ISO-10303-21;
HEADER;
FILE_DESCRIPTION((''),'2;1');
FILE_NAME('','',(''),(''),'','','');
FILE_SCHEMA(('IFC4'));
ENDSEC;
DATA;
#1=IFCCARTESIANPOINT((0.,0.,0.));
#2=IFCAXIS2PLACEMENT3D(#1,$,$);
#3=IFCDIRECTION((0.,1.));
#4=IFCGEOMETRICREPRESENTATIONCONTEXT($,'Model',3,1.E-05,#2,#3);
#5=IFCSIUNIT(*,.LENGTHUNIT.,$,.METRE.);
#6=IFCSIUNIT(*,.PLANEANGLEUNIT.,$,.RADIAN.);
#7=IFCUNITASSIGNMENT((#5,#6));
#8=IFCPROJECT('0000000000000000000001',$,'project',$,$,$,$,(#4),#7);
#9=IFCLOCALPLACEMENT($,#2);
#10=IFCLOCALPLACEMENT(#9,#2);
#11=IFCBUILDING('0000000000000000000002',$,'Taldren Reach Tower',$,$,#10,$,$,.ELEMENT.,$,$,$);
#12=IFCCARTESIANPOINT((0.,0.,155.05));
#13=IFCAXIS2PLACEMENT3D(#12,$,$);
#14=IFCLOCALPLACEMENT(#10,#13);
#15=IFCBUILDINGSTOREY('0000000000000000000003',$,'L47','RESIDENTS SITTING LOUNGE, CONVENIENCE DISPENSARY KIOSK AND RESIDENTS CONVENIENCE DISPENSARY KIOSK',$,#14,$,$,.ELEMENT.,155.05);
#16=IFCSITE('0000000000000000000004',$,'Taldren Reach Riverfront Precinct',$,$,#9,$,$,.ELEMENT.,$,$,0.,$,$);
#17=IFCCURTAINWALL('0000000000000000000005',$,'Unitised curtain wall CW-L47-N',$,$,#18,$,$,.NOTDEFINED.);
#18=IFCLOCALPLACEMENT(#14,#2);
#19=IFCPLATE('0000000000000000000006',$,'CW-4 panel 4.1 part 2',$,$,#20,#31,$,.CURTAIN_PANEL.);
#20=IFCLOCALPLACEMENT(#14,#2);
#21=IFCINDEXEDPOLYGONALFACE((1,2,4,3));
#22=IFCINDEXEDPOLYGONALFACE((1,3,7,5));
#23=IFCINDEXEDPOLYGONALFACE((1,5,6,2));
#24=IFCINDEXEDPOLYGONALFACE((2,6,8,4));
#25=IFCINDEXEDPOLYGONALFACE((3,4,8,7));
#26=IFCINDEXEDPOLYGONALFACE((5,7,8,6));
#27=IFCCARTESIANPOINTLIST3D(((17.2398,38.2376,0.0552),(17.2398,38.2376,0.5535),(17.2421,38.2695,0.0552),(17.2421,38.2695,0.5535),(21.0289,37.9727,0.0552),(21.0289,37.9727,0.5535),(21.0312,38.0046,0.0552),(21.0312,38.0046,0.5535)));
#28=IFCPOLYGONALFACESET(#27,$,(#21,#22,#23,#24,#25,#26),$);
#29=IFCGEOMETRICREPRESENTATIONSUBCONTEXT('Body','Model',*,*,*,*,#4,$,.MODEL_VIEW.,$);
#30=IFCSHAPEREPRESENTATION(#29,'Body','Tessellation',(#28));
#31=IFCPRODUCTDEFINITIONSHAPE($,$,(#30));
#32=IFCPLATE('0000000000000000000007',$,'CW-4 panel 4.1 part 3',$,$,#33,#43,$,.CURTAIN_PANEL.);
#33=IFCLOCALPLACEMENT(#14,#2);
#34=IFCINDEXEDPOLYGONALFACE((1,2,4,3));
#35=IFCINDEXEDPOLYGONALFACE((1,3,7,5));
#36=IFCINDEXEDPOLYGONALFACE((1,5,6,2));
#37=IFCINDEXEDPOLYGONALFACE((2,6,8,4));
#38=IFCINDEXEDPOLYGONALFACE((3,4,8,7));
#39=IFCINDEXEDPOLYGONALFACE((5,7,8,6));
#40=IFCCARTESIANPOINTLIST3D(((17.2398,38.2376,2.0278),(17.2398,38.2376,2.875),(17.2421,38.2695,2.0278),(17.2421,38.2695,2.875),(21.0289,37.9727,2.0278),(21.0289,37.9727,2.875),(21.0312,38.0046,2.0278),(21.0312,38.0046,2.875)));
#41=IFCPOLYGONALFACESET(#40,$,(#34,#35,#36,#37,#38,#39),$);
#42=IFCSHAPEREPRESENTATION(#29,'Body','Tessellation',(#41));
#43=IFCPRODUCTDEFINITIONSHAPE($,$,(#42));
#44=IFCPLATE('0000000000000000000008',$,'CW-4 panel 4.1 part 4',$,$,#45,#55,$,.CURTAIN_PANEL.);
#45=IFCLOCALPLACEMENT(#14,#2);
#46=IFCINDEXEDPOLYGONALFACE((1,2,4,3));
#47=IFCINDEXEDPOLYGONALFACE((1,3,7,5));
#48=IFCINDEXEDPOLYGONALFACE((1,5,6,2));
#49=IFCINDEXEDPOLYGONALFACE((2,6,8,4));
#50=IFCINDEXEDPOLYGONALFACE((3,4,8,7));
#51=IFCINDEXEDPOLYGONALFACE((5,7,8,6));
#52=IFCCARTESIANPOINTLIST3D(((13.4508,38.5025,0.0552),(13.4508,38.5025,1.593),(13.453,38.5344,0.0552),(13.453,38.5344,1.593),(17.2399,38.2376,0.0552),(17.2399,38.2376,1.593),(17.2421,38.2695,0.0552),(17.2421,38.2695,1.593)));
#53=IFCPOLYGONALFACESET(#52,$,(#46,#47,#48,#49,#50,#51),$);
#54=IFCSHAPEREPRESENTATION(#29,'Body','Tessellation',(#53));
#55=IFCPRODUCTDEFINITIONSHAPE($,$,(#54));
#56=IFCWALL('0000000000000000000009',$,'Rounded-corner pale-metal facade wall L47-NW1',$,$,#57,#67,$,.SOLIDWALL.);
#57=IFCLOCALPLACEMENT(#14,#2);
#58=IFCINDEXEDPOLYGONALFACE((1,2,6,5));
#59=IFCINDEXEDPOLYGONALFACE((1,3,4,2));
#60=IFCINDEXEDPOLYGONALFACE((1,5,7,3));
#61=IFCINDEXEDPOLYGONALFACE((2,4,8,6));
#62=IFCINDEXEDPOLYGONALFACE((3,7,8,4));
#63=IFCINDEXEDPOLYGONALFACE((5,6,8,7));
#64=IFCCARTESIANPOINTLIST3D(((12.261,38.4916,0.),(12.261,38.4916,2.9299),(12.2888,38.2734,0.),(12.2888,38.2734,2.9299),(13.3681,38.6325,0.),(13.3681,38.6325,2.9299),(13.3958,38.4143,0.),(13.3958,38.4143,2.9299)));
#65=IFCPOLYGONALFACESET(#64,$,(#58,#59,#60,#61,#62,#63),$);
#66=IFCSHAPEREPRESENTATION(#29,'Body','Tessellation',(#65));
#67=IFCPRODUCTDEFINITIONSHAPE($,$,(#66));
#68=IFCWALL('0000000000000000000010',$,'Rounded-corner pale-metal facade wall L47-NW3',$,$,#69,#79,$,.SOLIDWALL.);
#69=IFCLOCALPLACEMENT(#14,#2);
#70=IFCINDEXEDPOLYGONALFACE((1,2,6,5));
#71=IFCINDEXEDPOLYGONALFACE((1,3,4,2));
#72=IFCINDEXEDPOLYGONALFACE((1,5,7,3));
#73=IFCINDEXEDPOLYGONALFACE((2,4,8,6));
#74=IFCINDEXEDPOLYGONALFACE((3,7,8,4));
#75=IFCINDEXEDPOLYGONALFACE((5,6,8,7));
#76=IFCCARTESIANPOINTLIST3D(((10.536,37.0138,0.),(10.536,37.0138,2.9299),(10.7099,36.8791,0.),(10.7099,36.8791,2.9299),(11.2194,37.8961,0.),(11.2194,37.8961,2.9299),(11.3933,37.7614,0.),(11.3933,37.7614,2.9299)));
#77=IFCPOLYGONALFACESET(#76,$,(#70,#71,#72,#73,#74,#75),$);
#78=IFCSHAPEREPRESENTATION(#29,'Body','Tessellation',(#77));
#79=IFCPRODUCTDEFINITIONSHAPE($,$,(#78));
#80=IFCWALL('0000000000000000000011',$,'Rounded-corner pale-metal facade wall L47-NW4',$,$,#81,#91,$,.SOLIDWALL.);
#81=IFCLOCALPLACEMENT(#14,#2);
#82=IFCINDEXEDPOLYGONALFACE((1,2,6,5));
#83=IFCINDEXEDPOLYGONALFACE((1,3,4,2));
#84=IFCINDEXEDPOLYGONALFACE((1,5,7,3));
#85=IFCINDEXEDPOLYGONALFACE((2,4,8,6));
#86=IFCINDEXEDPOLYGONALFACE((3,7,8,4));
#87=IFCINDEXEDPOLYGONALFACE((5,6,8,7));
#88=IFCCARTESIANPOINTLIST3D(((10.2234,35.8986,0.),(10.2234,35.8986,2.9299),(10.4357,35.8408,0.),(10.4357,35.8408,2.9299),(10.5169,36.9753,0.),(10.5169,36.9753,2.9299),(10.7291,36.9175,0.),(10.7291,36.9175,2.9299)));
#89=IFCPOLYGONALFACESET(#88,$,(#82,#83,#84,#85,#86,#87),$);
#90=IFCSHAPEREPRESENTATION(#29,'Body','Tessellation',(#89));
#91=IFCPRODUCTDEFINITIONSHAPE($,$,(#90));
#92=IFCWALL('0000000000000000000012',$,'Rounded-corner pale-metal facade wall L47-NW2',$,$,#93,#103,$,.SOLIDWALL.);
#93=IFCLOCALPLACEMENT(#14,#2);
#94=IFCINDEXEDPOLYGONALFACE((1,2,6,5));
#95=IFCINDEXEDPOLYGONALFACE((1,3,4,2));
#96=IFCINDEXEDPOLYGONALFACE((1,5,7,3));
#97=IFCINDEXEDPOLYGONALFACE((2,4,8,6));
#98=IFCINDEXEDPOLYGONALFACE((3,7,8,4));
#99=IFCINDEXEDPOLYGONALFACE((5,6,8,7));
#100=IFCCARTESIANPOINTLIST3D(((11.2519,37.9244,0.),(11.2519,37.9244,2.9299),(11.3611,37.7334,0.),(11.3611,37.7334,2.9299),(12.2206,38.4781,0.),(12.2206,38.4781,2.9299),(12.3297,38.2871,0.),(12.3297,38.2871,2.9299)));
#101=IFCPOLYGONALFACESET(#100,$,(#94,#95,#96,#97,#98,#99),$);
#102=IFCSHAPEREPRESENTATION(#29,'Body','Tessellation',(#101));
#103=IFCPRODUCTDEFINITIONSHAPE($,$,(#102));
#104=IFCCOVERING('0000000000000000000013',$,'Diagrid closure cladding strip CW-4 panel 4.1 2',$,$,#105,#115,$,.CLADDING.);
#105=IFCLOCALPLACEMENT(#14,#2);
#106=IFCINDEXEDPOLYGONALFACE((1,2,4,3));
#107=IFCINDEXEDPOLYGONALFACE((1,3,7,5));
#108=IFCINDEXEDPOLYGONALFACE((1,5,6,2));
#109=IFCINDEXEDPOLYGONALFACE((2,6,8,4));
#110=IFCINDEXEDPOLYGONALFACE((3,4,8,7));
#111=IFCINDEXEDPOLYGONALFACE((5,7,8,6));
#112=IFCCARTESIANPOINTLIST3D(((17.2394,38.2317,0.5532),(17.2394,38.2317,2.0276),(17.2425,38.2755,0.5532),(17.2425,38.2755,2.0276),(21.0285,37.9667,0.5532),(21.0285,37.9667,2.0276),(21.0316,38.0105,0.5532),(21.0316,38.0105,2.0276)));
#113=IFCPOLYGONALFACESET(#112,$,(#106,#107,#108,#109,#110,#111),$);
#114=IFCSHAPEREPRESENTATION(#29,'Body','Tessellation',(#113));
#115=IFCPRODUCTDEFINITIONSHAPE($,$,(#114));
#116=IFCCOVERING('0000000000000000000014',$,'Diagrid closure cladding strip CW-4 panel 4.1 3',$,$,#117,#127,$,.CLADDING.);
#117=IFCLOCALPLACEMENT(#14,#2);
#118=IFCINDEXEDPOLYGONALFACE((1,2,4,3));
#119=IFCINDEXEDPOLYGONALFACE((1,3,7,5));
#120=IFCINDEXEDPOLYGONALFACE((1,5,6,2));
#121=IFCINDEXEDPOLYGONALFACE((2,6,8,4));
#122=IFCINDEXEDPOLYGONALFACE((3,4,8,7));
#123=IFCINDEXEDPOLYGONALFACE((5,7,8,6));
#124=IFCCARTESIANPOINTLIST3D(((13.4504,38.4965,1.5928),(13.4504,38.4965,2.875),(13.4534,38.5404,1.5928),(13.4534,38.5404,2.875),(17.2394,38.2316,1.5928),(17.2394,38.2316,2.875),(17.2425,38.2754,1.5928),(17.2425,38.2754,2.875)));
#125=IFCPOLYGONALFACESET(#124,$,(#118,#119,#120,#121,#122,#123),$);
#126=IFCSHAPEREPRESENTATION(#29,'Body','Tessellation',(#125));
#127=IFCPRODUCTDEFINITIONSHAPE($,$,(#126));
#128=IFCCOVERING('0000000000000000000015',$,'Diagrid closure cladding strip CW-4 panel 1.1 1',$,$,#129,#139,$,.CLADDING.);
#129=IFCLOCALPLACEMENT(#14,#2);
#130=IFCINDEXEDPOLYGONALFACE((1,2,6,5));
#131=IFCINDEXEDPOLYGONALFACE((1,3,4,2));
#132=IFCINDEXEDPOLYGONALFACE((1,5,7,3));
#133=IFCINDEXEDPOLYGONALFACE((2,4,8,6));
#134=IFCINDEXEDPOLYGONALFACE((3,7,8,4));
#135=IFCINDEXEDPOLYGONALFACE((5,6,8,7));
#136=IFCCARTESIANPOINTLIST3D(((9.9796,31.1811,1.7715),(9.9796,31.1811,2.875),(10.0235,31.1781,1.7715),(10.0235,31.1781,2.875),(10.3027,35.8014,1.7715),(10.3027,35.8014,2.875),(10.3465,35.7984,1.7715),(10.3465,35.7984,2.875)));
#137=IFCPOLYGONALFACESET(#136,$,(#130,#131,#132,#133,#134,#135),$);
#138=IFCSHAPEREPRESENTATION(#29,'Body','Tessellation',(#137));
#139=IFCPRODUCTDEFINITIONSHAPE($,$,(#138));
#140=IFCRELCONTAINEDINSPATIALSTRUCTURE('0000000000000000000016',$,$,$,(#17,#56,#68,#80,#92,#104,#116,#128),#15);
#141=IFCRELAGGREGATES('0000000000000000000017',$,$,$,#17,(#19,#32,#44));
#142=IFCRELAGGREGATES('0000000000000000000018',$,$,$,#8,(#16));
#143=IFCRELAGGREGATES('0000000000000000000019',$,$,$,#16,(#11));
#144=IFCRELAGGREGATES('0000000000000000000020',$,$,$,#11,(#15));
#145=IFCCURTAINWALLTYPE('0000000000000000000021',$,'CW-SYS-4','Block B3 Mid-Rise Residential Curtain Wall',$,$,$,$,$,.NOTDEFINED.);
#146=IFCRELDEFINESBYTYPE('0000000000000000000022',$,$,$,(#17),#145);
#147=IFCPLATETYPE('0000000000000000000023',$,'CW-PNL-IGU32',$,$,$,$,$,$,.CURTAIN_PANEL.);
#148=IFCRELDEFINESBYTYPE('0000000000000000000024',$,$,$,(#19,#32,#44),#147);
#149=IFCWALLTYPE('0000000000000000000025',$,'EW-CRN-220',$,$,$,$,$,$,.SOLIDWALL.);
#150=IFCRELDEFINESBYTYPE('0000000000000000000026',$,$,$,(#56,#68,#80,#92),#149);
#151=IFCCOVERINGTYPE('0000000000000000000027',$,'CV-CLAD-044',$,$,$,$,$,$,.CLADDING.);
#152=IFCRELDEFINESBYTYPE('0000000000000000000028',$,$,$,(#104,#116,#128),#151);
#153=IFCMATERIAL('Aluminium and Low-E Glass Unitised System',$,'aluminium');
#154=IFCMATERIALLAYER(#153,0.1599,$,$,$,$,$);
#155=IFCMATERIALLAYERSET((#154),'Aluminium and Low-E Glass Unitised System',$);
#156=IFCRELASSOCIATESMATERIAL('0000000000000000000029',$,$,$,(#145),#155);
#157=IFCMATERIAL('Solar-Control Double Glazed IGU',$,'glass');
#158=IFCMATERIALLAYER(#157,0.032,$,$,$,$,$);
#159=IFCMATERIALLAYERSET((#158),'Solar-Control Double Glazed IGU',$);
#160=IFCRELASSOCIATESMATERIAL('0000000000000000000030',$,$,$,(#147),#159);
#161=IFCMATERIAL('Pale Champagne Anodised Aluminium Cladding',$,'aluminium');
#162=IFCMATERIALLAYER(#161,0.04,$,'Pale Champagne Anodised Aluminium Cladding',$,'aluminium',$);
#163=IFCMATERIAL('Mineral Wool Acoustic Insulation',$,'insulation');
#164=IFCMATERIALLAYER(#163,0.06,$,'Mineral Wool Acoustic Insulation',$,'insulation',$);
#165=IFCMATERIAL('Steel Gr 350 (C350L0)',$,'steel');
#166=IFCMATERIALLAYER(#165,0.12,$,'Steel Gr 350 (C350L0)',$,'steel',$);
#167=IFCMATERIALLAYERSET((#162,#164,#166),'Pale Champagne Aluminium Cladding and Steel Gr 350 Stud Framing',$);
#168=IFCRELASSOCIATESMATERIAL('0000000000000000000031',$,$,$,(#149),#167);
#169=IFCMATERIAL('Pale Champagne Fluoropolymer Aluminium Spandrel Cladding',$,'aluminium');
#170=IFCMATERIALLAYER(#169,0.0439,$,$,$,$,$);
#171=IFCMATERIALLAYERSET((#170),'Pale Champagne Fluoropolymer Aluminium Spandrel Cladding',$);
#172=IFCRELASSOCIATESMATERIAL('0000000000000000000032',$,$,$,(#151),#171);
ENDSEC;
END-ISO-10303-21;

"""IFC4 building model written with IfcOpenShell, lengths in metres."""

from ifc_helpers import new_model, si_unit, direction, frame, frame_2d, origin, origin_2d, place, context, subcontext, project, spatial, rectangle, extrude, source, transform, mapped, material, layer, layer_set, type_object, element, aggregate, save


model = new_model("IFC4")

# Units and contexts
model_context = context("Model", 3, precision=1e-05, world=origin(), true_north=direction((0.0, 1.0)))
body_context = subcontext(model_context, "Body", "Model", "MODEL_VIEW")
ifc_project = project(units=[si_unit("LENGTHUNIT", "METRE"), si_unit("PLANEANGLEUNIT", "RADIAN")], contexts=[model_context])

# Site, building, storey
site_placement = place(None, origin())
site = spatial("IfcSite", under=ifc_project, at=site_placement, Name="Taldren Reach Riverfront Precinct", CompositionType="ELEMENT", RefElevation=0.0)
building_placement = place(site_placement, origin())
building = spatial("IfcBuilding", under=site, at=building_placement, Name="Taldren Reach Tower", CompositionType="ELEMENT")
storey_placement = place(building_placement, frame((0.0, 0.0, 155.05)))
storey = spatial("IfcBuildingStorey", under=building, at=storey_placement, Name="L47", Description="RESIDENTS SITTING LOUNGE, CONVENIENCE DISPENSARY KIOSK AND RESIDENTS CONVENIENCE DISPENSARY KIOSK", CompositionType="ELEMENT", Elevation=155.05)

# Shared definitions
ifc_material_1 = material(Name="Steel Gr 350 (C350L0)", Category="steel")

# Shared definitions
ifc_material_2 = material(Name="Aluminium and Low-E Glass Unitised System", Category="aluminium")
ifc_layer_1 = layer(ifc_material_2, 0.1599)
ifc_layer_set_1 = layer_set([ifc_layer_1], Name="Aluminium and Low-E Glass Unitised System")
curtain_wall_type = type_object("IfcCurtainWallType", Name="CW-SYS-4", Description="Block B3 Mid-Rise Residential Curtain Wall", PredefinedType="NOTDEFINED", material=ifc_layer_set_1)

# Curtain wall
curtain_wall_1_placement = place(storey_placement, origin())
curtain_wall_1 = element("IfcCurtainWall", 1, at=curtain_wall_1_placement, inside=storey, type_object=curtain_wall_type, Name="Unitised curtain wall CW-L47-N", PredefinedType="NOTDEFINED")

# Plates
ifc_material_3 = material(Name="Solar-Control Double Glazed IGU", Category="glass")
ifc_layer_2 = layer(ifc_material_3, 0.032)
ifc_layer_set_2 = layer_set([ifc_layer_2], Name="Solar-Control Double Glazed IGU")
plate_type_1 = type_object("IfcPlateType", Name="CW-PNL-IGU32", PredefinedType="CURTAIN_PANEL", material=ifc_layer_set_2)
shared_shape_1 = source(origin(), body_context, "Body", "SweptSolid", [
    extrude(rectangle(XDim=3.7983, YDim=0.032, at=origin_2d()), origin(), (0.0, 0.0, 1.0), 0.4983),
])
plate_1_placement = place(storey_placement, frame((19.1355, 38.1211, 0.0552), z_axis=(0.0, 0.0, 1.0), x_axis=(-0.997564, 0.069757, 0.0)))
plate_1 = element("IfcPlate", 2, at=plate_1_placement, type_object=plate_type_1, Name="CW-4 panel 4.1 part 2", PredefinedType="CURTAIN_PANEL", context=body_context, shape_type="MappedRepresentation", body=[
    mapped(shared_shape_1, transform((0.0, 0.0, 0.0), scale=1.0)),
])
shared_shape_2 = source(origin(), body_context, "Body", "SweptSolid", [
    extrude(rectangle(XDim=3.7983, YDim=0.032, at=origin_2d()), origin(), (0.0, 0.0, 1.0), 0.8472),
])
plate_2_placement = place(storey_placement, frame((19.1355, 38.1211, 2.0278), z_axis=(0.0, 0.0, 1.0), x_axis=(-0.997564, 0.069757, 0.0)))
plate_2 = element("IfcPlate", 3, at=plate_2_placement, type_object=plate_type_1, Name="CW-4 panel 4.1 part 3", PredefinedType="CURTAIN_PANEL", context=body_context, shape_type="MappedRepresentation", body=[
    mapped(shared_shape_2, transform((0.0, 0.0, 0.0), scale=1.0)),
])
shared_shape_3 = source(origin(), body_context, "Body", "SweptSolid", [
    extrude(rectangle(XDim=3.7983, YDim=0.032, at=origin_2d()), origin(), (0.0, 0.0, 1.0), 1.5378),
])
plate_3_placement = place(storey_placement, frame((15.3464, 38.386, 0.0552), z_axis=(0.0, 0.0, 1.0), x_axis=(-0.997564, 0.069757, 0.0)))
plate_3 = element("IfcPlate", 4, at=plate_3_placement, type_object=plate_type_1, Name="CW-4 panel 4.1 part 4", PredefinedType="CURTAIN_PANEL", context=body_context, shape_type="MappedRepresentation", body=[
    mapped(shared_shape_3, transform((0.0, 0.0, 0.0), scale=1.0)),
])
aggregate(curtain_wall_1, [plate_1, plate_2, plate_3])

# Walls
ifc_material_4 = material(Name="Pale Champagne Anodised Aluminium Cladding", Category="aluminium")
ifc_layer_3 = layer(ifc_material_4, 0.04, Name="Pale Champagne Anodised Aluminium Cladding", Category="aluminium")
ifc_material_5 = material(Name="Mineral Wool Acoustic Insulation", Category="insulation")
ifc_layer_4 = layer(ifc_material_5, 0.06, Name="Mineral Wool Acoustic Insulation", Category="insulation")
ifc_layer_5 = layer(ifc_material_1, 0.12, Name="Steel Gr 350 (C350L0)", Category="steel")
ifc_layer_set_3 = layer_set([ifc_layer_3, ifc_layer_4, ifc_layer_5], Name="Pale Champagne Aluminium Cladding and Steel Gr 350 Stud Framing")
wall_type = type_object("IfcWallType", Name="EW-CRN-220", PredefinedType="SOLIDWALL", material=ifc_layer_set_3)
shared_shape_4 = source(origin(), body_context, "Body", "SweptSolid", [
    extrude(rectangle(XDim=1.116, YDim=0.22, at=frame_2d((0.5581, 0.0))), origin(), (0.0, 0.0, 1.0), 2.9299),
])
for number, where, z_axis, x_axis, name in (
    (5, (13.3821, 38.5234, 0.0), (0.0, 0.0, 1.0), (-0.991999, -0.126243, 0.0), "Rounded-corner pale-metal facade wall L47-NW1"),
    (6, (11.3064, 37.8289, 0.0), (0.0, 0.0, 1.0), (-0.612319, -0.790611, 0.0), "Rounded-corner pale-metal facade wall L47-NW3"),
    (7, (10.623, 36.9465, 0.0), (0.0, 0.0, 1.0), (-0.262969, -0.964804, 0.0), "Rounded-corner pale-metal facade wall L47-NW4"),
):
    element("IfcWall", number, at=place(storey_placement, frame(where, z_axis=z_axis, x_axis=x_axis)), inside=storey, type_object=wall_type, Name=name, PredefinedType="SOLIDWALL", context=body_context, shape_type="MappedRepresentation", body=[
        mapped(shared_shape_4, transform((0.0, 0.0, 0.0), scale=1.0)),
    ])
shared_shape_5 = source(origin(), body_context, "Body", "SweptSolid", [
    extrude(rectangle(XDim=1.1157, YDim=0.22, at=frame_2d((0.5579, 0.0))), origin(), (0.0, 0.0, 1.0), 2.9299),
])
wall_placement = place(storey_placement, frame((12.2751, 38.3826, 0.0), z_axis=(0.0, 0.0, 1.0), x_axis=(-0.868189, -0.496233, 0.0)))
element("IfcWall", 8, at=wall_placement, inside=storey, type_object=wall_type, Name="Rounded-corner pale-metal facade wall L47-NW2", PredefinedType="SOLIDWALL", context=body_context, shape_type="MappedRepresentation", body=[
    mapped(shared_shape_5, transform((0.0, 0.0, 0.0), scale=1.0)),
])

# Coverings
ifc_material_6 = material(Name="Pale Champagne Fluoropolymer Aluminium Spandrel Cladding", Category="aluminium")
ifc_layer_6 = layer(ifc_material_6, 0.0439)
ifc_layer_set_4 = layer_set([ifc_layer_6], Name="Pale Champagne Fluoropolymer Aluminium Spandrel Cladding")
covering_type = type_object("IfcCoveringType", Name="CV-CLAD-044", PredefinedType="CLADDING", material=ifc_layer_set_4)
shared_shape_6 = source(origin(), body_context, "Body", "SweptSolid", [
    extrude(rectangle(XDim=3.7983, YDim=0.0439, at=origin_2d()), origin(), (0.0, 0.0, 1.0), 1.4744),
])
covering_1_placement = place(storey_placement, frame((19.1355, 38.1211, 0.5532), z_axis=(0.0, 0.0, 1.0), x_axis=(-0.997564, 0.069757, 0.0)))
element("IfcCovering", 9, at=covering_1_placement, inside=storey, type_object=covering_type, Name="Diagrid closure cladding strip CW-4 panel 4.1 2", PredefinedType="CLADDING", context=body_context, shape_type="MappedRepresentation", body=[
    mapped(shared_shape_6, transform((0.0, 0.0, 0.0), scale=1.0)),
])
shared_shape_7 = source(origin(), body_context, "Body", "SweptSolid", [
    extrude(rectangle(XDim=3.7983, YDim=0.0439, at=origin_2d()), origin(), (0.0, 0.0, 1.0), 1.2822),
])
covering_2_placement = place(storey_placement, frame((15.3464, 38.386, 1.5928), z_axis=(0.0, 0.0, 1.0), x_axis=(-0.997564, 0.069757, 0.0)))
element("IfcCovering", 10, at=covering_2_placement, inside=storey, type_object=covering_type, Name="Diagrid closure cladding strip CW-4 panel 4.1 3", PredefinedType="CLADDING", context=body_context, shape_type="MappedRepresentation", body=[
    mapped(shared_shape_7, transform((0.0, 0.0, 0.0), scale=1.0)),
])
shared_shape_8 = source(origin(), body_context, "Body", "SweptSolid", [
    extrude(rectangle(XDim=4.6316, YDim=0.0439, at=origin_2d()), origin(), (0.0, 0.0, 1.0), 1.1035),
])
covering_3_placement = place(storey_placement, frame((10.1631, 33.4897, 1.7715), z_axis=(0.0, 0.0, 1.0), x_axis=(-0.069756, -0.997564, 0.0)))
element("IfcCovering", 11, at=covering_3_placement, inside=storey, type_object=covering_type, Name="Diagrid closure cladding strip CW-4 panel 1.1 1", PredefinedType="CLADDING", context=body_context, shape_type="MappedRepresentation", body=[
    mapped(shared_shape_8, transform((0.0, 0.0, 0.0), scale=1.0)),
])

save(model, "model.ifc")
